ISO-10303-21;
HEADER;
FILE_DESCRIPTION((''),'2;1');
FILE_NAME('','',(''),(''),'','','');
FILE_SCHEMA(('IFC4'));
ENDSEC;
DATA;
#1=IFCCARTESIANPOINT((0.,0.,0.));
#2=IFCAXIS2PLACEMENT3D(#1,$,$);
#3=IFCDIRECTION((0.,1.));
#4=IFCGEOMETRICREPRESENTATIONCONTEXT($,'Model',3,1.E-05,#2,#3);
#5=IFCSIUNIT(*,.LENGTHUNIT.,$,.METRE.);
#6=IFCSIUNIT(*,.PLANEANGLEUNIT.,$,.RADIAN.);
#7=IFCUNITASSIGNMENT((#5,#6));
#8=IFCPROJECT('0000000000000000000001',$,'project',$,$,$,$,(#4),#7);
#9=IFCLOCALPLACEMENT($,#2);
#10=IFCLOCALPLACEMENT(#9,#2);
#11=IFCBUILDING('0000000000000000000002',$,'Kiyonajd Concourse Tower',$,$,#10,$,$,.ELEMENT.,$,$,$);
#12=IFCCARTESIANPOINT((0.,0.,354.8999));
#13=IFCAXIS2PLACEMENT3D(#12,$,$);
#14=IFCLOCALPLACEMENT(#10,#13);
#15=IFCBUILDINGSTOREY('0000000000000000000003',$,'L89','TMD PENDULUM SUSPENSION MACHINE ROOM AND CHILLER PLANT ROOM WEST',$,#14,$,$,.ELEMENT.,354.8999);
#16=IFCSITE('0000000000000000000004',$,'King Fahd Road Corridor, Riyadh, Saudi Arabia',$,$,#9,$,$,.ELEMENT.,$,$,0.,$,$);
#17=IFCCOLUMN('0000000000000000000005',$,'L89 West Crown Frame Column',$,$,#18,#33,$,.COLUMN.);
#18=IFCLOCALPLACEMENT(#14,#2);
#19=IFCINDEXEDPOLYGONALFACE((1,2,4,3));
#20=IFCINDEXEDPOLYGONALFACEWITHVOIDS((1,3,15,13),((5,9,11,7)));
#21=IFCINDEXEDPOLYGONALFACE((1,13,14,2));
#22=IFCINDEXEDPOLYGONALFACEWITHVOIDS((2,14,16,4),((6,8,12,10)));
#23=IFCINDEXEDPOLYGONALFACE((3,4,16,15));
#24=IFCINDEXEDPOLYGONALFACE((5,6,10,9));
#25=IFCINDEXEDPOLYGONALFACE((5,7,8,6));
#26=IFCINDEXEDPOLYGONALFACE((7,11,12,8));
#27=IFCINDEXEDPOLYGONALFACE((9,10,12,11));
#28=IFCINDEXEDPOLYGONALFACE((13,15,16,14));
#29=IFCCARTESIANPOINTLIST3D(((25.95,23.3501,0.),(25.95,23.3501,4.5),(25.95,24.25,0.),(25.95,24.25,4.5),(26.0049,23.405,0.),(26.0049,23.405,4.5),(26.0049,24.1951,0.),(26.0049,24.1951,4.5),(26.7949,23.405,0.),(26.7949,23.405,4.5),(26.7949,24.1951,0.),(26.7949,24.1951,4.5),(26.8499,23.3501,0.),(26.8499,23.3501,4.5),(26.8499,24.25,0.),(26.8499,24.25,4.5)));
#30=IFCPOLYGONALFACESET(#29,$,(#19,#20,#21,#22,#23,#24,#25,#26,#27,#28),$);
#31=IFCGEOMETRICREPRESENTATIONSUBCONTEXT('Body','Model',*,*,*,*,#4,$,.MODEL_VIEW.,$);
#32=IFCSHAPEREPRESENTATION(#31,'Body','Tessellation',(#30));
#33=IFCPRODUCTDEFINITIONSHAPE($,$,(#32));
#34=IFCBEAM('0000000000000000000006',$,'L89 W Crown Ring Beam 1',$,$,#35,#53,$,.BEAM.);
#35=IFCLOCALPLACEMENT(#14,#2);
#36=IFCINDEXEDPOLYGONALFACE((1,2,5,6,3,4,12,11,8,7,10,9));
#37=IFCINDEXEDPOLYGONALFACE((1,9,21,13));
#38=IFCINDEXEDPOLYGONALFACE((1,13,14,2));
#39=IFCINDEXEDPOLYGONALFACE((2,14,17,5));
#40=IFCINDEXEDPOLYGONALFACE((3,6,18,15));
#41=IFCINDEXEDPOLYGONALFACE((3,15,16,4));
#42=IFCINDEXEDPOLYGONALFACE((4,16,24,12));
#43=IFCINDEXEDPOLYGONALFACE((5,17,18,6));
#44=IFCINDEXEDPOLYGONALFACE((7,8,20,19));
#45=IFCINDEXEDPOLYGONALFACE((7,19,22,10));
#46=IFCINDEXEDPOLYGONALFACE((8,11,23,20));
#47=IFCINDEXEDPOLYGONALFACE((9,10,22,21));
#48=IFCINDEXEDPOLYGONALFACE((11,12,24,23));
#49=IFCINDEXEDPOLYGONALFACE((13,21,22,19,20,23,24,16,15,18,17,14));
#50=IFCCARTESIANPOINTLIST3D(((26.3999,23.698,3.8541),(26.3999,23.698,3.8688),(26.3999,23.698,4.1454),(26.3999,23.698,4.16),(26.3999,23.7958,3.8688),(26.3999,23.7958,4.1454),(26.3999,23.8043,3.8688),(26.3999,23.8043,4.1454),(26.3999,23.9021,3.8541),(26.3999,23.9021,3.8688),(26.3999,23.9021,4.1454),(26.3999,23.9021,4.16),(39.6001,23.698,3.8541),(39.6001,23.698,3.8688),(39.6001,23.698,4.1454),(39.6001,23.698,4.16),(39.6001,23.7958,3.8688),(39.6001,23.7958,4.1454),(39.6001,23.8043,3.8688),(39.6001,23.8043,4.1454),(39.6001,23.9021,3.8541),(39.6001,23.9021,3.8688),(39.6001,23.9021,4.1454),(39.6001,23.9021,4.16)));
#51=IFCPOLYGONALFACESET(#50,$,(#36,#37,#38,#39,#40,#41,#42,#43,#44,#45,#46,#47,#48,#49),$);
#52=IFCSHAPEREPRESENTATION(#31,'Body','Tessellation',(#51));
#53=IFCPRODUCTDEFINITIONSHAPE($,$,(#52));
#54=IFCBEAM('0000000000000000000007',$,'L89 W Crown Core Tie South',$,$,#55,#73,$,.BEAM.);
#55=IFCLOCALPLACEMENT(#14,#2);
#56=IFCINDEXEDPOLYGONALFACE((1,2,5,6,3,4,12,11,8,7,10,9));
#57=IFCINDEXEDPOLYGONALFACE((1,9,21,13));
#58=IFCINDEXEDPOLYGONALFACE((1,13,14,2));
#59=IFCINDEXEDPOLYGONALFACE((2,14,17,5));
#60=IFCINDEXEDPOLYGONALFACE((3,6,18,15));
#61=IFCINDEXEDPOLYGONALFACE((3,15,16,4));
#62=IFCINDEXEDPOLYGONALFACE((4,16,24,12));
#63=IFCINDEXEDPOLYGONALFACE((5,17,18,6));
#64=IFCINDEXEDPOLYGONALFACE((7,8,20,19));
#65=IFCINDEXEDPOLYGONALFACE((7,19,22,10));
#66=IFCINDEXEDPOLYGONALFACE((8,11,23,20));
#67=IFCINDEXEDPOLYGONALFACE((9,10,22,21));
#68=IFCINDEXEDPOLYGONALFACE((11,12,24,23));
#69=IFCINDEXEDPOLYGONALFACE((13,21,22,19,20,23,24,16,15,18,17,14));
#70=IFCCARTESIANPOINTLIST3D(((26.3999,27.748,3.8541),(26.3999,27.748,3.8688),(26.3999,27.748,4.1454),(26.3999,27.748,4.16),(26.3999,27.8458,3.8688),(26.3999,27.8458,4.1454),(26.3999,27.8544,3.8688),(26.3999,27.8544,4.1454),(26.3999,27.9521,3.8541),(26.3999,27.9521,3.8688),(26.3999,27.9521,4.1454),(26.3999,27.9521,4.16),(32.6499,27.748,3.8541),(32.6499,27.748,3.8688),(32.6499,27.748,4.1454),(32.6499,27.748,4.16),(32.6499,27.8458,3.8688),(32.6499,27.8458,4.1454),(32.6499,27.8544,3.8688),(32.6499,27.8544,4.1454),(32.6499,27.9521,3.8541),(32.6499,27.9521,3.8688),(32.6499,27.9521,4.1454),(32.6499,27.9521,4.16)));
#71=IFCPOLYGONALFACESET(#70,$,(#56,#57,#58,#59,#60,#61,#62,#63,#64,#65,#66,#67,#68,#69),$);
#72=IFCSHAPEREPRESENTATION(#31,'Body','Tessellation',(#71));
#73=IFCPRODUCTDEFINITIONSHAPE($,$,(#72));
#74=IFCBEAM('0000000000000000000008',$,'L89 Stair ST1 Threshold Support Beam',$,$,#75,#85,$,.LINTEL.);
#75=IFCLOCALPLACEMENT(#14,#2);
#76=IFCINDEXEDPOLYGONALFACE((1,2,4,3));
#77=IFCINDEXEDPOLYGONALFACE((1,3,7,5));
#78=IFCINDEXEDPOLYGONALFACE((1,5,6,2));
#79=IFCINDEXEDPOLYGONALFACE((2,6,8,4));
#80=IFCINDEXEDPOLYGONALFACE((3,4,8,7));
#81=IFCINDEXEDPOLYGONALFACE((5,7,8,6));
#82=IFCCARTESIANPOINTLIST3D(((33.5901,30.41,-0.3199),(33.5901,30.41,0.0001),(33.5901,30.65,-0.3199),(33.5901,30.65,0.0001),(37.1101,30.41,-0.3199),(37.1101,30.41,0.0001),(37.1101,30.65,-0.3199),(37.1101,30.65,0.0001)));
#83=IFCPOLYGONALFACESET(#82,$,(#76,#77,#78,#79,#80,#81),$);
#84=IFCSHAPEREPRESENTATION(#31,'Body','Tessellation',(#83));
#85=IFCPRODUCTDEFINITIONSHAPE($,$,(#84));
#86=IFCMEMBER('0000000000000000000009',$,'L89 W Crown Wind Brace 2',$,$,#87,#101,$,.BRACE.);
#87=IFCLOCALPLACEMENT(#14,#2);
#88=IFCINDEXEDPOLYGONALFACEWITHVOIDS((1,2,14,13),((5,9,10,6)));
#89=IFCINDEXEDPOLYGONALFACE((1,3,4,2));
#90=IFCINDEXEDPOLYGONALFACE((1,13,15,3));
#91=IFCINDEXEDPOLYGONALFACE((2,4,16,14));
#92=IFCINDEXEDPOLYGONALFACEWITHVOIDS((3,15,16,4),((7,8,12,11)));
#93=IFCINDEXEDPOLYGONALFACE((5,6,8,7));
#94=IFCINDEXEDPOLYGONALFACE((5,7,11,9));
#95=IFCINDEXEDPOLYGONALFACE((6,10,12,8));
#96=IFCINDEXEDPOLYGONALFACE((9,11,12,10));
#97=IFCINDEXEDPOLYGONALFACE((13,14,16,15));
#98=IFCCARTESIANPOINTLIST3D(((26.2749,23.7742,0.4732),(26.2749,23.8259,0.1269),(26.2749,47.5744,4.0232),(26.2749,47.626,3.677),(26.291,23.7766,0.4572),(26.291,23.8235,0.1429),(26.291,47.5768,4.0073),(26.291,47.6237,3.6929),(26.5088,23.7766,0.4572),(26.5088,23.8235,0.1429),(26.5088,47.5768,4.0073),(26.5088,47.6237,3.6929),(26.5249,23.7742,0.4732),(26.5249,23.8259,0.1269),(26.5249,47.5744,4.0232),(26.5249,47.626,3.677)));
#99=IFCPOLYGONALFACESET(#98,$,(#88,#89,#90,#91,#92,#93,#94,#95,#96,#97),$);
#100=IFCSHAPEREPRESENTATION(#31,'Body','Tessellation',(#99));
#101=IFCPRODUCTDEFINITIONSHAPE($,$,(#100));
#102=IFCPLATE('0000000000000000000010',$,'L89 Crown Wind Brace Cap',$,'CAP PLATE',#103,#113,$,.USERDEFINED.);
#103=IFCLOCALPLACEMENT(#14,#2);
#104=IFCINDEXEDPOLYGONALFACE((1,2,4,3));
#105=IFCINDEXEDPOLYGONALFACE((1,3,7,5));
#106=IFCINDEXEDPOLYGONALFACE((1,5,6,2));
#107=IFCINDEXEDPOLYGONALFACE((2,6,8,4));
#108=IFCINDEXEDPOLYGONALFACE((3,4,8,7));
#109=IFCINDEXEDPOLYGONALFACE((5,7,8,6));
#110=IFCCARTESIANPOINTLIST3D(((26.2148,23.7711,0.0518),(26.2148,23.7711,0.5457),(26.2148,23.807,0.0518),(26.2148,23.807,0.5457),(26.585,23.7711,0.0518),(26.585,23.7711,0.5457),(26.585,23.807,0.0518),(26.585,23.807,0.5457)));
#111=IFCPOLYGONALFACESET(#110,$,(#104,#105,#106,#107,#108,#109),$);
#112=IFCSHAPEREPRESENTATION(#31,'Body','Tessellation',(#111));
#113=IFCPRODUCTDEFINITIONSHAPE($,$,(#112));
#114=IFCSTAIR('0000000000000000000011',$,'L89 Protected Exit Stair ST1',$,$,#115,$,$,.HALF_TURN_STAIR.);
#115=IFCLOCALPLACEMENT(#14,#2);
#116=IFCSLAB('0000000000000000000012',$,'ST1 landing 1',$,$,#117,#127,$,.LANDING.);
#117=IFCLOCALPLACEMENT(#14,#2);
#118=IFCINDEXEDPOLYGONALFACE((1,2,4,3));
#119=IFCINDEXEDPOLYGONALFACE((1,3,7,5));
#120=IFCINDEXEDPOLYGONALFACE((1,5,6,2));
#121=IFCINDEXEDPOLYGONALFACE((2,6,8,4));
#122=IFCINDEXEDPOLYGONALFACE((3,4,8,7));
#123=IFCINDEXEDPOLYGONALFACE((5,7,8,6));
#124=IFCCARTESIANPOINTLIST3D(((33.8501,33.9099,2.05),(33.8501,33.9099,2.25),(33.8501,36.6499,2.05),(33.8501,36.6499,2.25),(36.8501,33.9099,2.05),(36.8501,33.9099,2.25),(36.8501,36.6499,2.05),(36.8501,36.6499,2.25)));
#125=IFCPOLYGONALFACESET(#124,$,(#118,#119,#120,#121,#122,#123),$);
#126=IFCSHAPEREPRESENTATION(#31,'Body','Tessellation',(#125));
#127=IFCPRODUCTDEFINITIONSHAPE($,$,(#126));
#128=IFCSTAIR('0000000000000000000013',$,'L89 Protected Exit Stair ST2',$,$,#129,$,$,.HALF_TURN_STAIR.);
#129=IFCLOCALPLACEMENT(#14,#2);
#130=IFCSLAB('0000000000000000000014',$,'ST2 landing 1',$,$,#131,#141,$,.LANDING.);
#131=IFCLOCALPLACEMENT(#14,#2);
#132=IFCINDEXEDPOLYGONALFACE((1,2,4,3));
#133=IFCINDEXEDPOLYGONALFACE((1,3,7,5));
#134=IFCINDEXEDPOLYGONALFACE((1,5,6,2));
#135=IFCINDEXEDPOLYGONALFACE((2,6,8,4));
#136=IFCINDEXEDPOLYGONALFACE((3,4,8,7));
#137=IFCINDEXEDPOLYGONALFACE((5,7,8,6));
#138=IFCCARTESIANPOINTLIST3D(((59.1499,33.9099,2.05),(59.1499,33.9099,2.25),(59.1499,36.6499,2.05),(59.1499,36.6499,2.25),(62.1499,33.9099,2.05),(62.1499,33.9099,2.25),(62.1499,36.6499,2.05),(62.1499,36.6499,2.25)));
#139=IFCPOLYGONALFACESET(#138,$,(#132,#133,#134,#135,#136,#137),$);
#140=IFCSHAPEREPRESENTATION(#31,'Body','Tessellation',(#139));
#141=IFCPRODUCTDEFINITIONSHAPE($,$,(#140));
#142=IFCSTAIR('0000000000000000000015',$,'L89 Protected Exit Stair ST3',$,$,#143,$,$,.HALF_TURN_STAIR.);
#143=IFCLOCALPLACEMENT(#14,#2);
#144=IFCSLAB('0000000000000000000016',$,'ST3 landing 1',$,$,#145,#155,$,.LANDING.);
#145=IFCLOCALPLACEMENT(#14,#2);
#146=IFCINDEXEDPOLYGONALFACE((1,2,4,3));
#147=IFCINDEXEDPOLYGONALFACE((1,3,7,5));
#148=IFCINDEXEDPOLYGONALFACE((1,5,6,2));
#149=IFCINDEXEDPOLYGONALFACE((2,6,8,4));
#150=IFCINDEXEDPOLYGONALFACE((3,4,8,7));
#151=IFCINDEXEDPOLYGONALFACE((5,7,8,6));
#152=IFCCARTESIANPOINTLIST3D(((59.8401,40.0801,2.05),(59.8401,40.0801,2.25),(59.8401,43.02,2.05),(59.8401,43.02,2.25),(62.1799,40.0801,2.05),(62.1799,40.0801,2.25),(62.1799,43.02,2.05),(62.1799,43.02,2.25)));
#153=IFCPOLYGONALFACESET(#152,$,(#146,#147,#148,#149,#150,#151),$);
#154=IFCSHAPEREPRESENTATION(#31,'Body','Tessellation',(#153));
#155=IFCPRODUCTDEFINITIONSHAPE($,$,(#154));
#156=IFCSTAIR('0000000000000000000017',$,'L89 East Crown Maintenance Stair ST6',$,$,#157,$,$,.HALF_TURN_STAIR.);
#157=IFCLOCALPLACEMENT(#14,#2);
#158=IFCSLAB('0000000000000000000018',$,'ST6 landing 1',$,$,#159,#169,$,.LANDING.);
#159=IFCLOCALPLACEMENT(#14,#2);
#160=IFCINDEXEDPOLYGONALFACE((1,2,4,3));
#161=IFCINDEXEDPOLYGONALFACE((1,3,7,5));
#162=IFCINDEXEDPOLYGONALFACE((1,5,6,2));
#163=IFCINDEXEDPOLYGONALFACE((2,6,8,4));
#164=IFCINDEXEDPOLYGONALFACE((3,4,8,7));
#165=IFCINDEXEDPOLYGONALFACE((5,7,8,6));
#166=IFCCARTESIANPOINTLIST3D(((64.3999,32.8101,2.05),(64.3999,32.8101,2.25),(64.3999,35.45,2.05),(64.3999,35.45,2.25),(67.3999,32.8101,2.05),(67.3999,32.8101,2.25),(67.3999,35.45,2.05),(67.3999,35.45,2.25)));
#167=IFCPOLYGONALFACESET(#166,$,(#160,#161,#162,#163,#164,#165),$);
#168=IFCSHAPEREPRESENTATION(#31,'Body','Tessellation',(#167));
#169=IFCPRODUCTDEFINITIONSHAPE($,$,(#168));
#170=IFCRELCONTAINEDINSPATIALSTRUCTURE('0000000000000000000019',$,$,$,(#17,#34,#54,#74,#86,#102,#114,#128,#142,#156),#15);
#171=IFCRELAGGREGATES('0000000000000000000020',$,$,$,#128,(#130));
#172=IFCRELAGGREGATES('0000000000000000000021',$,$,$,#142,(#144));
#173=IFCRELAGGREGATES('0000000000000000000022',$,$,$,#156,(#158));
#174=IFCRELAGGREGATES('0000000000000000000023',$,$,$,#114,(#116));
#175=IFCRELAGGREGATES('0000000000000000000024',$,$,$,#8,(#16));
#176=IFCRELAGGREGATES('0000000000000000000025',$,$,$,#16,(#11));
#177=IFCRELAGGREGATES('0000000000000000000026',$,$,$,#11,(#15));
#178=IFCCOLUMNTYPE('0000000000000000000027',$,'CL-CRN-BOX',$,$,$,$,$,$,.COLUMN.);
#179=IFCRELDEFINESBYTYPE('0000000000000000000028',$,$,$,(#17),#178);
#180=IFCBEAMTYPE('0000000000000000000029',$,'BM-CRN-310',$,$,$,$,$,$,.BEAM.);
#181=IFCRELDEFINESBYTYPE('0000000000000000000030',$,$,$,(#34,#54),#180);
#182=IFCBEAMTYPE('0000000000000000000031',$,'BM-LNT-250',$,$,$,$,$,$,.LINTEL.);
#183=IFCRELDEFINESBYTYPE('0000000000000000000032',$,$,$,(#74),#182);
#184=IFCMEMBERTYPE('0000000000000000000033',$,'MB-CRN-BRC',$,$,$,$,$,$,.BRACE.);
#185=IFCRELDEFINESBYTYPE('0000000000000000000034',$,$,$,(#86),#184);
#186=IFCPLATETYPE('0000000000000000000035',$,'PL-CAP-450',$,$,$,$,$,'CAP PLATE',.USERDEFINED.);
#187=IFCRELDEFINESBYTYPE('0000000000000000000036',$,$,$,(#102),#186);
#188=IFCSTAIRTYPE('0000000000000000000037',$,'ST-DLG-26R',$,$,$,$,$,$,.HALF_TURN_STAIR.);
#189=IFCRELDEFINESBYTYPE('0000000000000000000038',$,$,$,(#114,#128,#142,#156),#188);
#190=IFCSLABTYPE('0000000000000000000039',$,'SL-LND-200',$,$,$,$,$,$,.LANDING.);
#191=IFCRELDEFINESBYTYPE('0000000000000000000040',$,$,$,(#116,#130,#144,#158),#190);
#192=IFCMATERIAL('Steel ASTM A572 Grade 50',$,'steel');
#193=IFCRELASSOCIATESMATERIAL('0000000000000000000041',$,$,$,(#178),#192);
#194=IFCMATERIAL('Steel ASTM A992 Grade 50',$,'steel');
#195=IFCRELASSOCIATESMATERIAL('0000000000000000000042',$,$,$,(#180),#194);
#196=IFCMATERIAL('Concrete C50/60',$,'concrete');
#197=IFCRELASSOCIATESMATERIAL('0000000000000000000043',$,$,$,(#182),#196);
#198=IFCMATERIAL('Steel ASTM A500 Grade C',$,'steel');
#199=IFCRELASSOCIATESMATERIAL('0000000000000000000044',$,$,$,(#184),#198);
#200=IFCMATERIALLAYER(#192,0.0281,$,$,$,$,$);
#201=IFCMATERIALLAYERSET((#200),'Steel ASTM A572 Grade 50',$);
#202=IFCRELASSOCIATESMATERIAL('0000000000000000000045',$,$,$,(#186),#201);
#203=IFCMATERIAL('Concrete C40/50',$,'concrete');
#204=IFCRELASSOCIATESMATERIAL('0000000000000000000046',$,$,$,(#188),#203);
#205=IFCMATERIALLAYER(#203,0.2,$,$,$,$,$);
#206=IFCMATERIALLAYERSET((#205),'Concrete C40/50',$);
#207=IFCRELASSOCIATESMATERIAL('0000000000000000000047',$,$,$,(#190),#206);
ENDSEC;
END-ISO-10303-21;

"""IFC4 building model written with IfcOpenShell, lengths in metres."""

from ifc_helpers import new_model, si_unit, direction, frame, origin, origin_2d, place, context, subcontext, project, spatial, polyline, rectangle, hollow_rectangle, i_section, outline, extrude, material, layer, layer_set, material_profile, profile_set, type_object, element, aggregate, save


model = new_model("IFC4")

# Units and contexts
model_context = context("Model", 3, precision=1e-05, world=origin(), true_north=direction((0.0, 1.0)))
body_context = subcontext(model_context, "Body", "Model", "MODEL_VIEW")
ifc_project = project(units=[si_unit("LENGTHUNIT", "METRE"), si_unit("PLANEANGLEUNIT", "RADIAN")], contexts=[model_context])

# Site, building, storey
site_placement = place(None, origin())
site = spatial("IfcSite", under=ifc_project, at=site_placement, Name="King Fahd Road Corridor, Riyadh, Saudi Arabia", CompositionType="ELEMENT", RefElevation=0.0)
building_placement = place(site_placement, origin())
building = spatial("IfcBuilding", under=site, at=building_placement, Name="Kiyonajd Concourse Tower", CompositionType="ELEMENT")
storey_placement = place(building_placement, frame((0.0, 0.0, 354.8999)))
storey = spatial("IfcBuildingStorey", under=building, at=storey_placement, Name="L89", Description="TMD PENDULUM SUSPENSION MACHINE ROOM AND CHILLER PLANT ROOM WEST", CompositionType="ELEMENT", Elevation=354.8999)

# Column
ifc_material_1 = material(Name="Steel ASTM A572 Grade 50", Category="steel")
ifc_material_profile_1 = material_profile(ifc_material_1, hollow_rectangle(XDim=0.8999, YDim=0.8999, WallThickness=0.0549, at=origin_2d()), Name="BOX-900x900x55")
ifc_profile_set_1 = profile_set([ifc_material_profile_1], Name="Steel ASTM A572 Grade 50")
column_type = type_object("IfcColumnType", Name="CL-CRN-BOX", PredefinedType="COLUMN", material=ifc_profile_set_1)
column_placement = place(storey_placement, frame((26.3999, 23.8, 0.0), z_axis=(0.0, 0.0, 1.0), x_axis=(1.0, 0.0, 0.0)))
element("IfcColumn", 1, at=column_placement, inside=storey, type_object=column_type, Name="L89 West Crown Frame Column", PredefinedType="COLUMN", context=body_context, shape_type="SweptSolid", body=[
    extrude(hollow_rectangle(XDim=0.8999, YDim=0.8999, WallThickness=0.0549, at=origin_2d()), origin(), (0.0, 0.0, 1.0), 4.5),
])

# Beams
ifc_material_2 = material(Name="Steel ASTM A992 Grade 50", Category="steel")
ifc_material_profile_2 = material_profile(ifc_material_2, i_section(OverallWidth=0.2041, OverallDepth=0.3059, WebThickness=0.0085, FlangeThickness=0.0146, at=origin_2d()), Name="W310X67")
ifc_profile_set_2 = profile_set([ifc_material_profile_2], Name="Steel ASTM A992 Grade 50")
beam_type_1 = type_object("IfcBeamType", Name="BM-CRN-310", PredefinedType="BEAM", material=ifc_profile_set_2)
beam_1_placement = place(storey_placement, frame((26.3999, 23.8, 4.0071), z_axis=(1.0, 0.0, 0.0), x_axis=(0.0, 1.0, 0.0)))
element("IfcBeam", 2, at=beam_1_placement, inside=storey, type_object=beam_type_1, Name="L89 W Crown Ring Beam 1", PredefinedType="BEAM", context=body_context, shape_type="SweptSolid", body=[
    extrude(i_section(OverallWidth=0.2041, OverallDepth=0.3059, WebThickness=0.0085, FlangeThickness=0.0146, at=origin_2d()), origin(), (0.0, 0.0, 1.0), 13.2002),
])
beam_2_placement = place(storey_placement, frame((26.3999, 27.8501, 4.0071), z_axis=(1.0, 0.0, 0.0), x_axis=(0.0, 1.0, 0.0)))
element("IfcBeam", 3, at=beam_2_placement, inside=storey, type_object=beam_type_1, Name="L89 W Crown Core Tie South", PredefinedType="BEAM", context=body_context, shape_type="SweptSolid", body=[
    extrude(i_section(OverallWidth=0.2041, OverallDepth=0.3059, WebThickness=0.0085, FlangeThickness=0.0146, at=origin_2d()), origin(), (0.0, 0.0, 1.0), 6.25),
])
ifc_material_3 = material(Name="Concrete C50/60", Category="concrete")
ifc_material_profile_3 = material_profile(ifc_material_3, rectangle(XDim=0.24, YDim=0.3201, at=origin_2d()), Name="RCBM-240x320")
ifc_profile_set_3 = profile_set([ifc_material_profile_3], Name="Concrete C50/60")
beam_type_2 = type_object("IfcBeamType", Name="BM-LNT-250", PredefinedType="LINTEL", material=ifc_profile_set_3)
beam_3_placement = place(storey_placement, frame((33.5901, 30.53, -0.1599), z_axis=(1.0, 0.0, 0.0), x_axis=(0.0, 1.0, 0.0)))
element("IfcBeam", 4, at=beam_3_placement, inside=storey, type_object=beam_type_2, Name="L89 Stair ST1 Threshold Support Beam", PredefinedType="LINTEL", context=body_context, shape_type="SweptSolid", body=[
    extrude(rectangle(XDim=0.24, YDim=0.3201, at=origin_2d()), origin(), (0.0, 0.0, 1.0), 3.52),
])

# Member
ifc_material_4 = material(Name="Steel ASTM A500 Grade C", Category="steel")
ifc_material_profile_4 = material_profile(ifc_material_4, hollow_rectangle(XDim=0.25, YDim=0.3501, WallThickness=0.0161, at=origin_2d()), Name="HSS-350x250x16")
ifc_profile_set_4 = profile_set([ifc_material_profile_4], Name="Steel ASTM A500 Grade C")
member_type = type_object("IfcMemberType", Name="MB-CRN-BRC", PredefinedType="BRACE", material=ifc_profile_set_4)
member_placement = place(storey_placement, frame((26.3999, 23.8, 0.3), z_axis=(0.0, 0.989058, 0.147529), x_axis=(-1.0, 0.0, 0.0)))
element("IfcMember", 5, at=member_placement, inside=storey, type_object=member_type, Name="L89 W Crown Wind Brace 2", PredefinedType="BRACE", context=body_context, shape_type="SweptSolid", body=[
    extrude(hollow_rectangle(XDim=0.25, YDim=0.3501, WallThickness=0.0161, at=origin_2d()), origin(), (0.0, 0.0, 1.0), 24.0635),
])

# Plate
ifc_layer_1 = layer(ifc_material_1, 0.0281)
ifc_layer_set_1 = layer_set([ifc_layer_1], Name="Steel ASTM A572 Grade 50")
plate_type = type_object("IfcPlateType", Name="PL-CAP-450", ElementType="CAP PLATE", PredefinedType="USERDEFINED", material=ifc_layer_set_1)
plate_placement = place(storey_placement, frame((26.3999, 23.7891, 0.0518), z_axis=(0.0, 0.0, 1.0), x_axis=(0.0, -1.0, 0.0)))
element("IfcPlate", 6, at=plate_placement, inside=storey, type_object=plate_type, Name="L89 Crown Wind Brace Cap", ObjectType="CAP PLATE", PredefinedType="USERDEFINED", context=body_context, shape_type="SweptSolid", body=[
    extrude(rectangle(XDim=0.0359, YDim=0.3701, at=origin_2d()), origin(), (0.0, 0.0, 1.0), 0.4939),
])

# Stairs, slabs
ifc_material_5 = material(Name="Concrete C40/50", Category="concrete")
stair_type = type_object("IfcStairType", Name="ST-DLG-26R", PredefinedType="HALF_TURN_STAIR", material=ifc_material_5)
stair_1_placement = place(storey_placement, origin())
stair_1 = element("IfcStair", 7, at=stair_1_placement, inside=storey, type_object=stair_type, Name="L89 Protected Exit Stair ST1", PredefinedType="HALF_TURN_STAIR")
ifc_layer_2 = layer(ifc_material_5, 0.2)
ifc_layer_set_2 = layer_set([ifc_layer_2], Name="Concrete C40/50")
slab_type_1 = type_object("IfcSlabType", Name="SL-LND-200", PredefinedType="LANDING", material=ifc_layer_set_2)
slab_1_placement = place(storey_placement, frame((0.0, 0.0, 2.05)))
slab_1 = element("IfcSlab", 8, at=slab_1_placement, type_object=slab_type_1, Name="ST1 landing 1", PredefinedType="LANDING", context=body_context, shape_type="SweptSolid", body=[
    extrude(outline(polyline([(36.8501, 33.9099), (36.8501, 36.6499), (33.8501, 36.6499), (33.8501, 33.9099), (36.8501, 33.9099)])), origin(), (0.0, 0.0, 1.0), 0.2),
])
stair_2_placement = place(storey_placement, origin())
stair_2 = element("IfcStair", 9, at=stair_2_placement, inside=storey, type_object=stair_type, Name="L89 Protected Exit Stair ST2", PredefinedType="HALF_TURN_STAIR")
slab_2_placement = place(storey_placement, frame((0.0, 0.0, 2.05)))
slab_2 = element("IfcSlab", 10, at=slab_2_placement, type_object=slab_type_1, Name="ST2 landing 1", PredefinedType="LANDING", context=body_context, shape_type="SweptSolid", body=[
    extrude(outline(polyline([(62.1499, 33.9099), (62.1499, 36.6499), (59.1499, 36.6499), (59.1499, 33.9099), (62.1499, 33.9099)])), origin(), (0.0, 0.0, 1.0), 0.2),
])
aggregate(stair_2, [slab_2])
stair_3_placement = place(storey_placement, origin())
stair_3 = element("IfcStair", 11, at=stair_3_placement, inside=storey, type_object=stair_type, Name="L89 Protected Exit Stair ST3", PredefinedType="HALF_TURN_STAIR")
slab_3_placement = place(storey_placement, frame((0.0, 0.0, 2.05)))
slab_3 = element("IfcSlab", 12, at=slab_3_placement, type_object=slab_type_1, Name="ST3 landing 1", PredefinedType="LANDING", context=body_context, shape_type="SweptSolid", body=[
    extrude(outline(polyline([(59.8401, 40.0801), (62.1799, 40.0801), (62.1799, 43.02), (59.8401, 43.02), (59.8401, 40.0801)])), origin(), (0.0, 0.0, 1.0), 0.2),
])
aggregate(stair_3, [slab_3])
stair_4_placement = place(storey_placement, origin())
stair_4 = element("IfcStair", 13, at=stair_4_placement, inside=storey, type_object=stair_type, Name="L89 East Crown Maintenance Stair ST6", PredefinedType="HALF_TURN_STAIR")
slab_4_placement = place(storey_placement, frame((0.0, 0.0, 2.05)))
slab_4 = element("IfcSlab", 14, at=slab_4_placement, type_object=slab_type_1, Name="ST6 landing 1", PredefinedType="LANDING", context=body_context, shape_type="SweptSolid", body=[
    extrude(outline(polyline([(67.3999, 32.8101), (67.3999, 35.45), (64.3999, 35.45), (64.3999, 32.8101), (67.3999, 32.8101)])), origin(), (0.0, 0.0, 1.0), 0.2),
])
aggregate(stair_4, [slab_4])

aggregate(stair_1, [slab_1])

save(model, "model.ifc")
